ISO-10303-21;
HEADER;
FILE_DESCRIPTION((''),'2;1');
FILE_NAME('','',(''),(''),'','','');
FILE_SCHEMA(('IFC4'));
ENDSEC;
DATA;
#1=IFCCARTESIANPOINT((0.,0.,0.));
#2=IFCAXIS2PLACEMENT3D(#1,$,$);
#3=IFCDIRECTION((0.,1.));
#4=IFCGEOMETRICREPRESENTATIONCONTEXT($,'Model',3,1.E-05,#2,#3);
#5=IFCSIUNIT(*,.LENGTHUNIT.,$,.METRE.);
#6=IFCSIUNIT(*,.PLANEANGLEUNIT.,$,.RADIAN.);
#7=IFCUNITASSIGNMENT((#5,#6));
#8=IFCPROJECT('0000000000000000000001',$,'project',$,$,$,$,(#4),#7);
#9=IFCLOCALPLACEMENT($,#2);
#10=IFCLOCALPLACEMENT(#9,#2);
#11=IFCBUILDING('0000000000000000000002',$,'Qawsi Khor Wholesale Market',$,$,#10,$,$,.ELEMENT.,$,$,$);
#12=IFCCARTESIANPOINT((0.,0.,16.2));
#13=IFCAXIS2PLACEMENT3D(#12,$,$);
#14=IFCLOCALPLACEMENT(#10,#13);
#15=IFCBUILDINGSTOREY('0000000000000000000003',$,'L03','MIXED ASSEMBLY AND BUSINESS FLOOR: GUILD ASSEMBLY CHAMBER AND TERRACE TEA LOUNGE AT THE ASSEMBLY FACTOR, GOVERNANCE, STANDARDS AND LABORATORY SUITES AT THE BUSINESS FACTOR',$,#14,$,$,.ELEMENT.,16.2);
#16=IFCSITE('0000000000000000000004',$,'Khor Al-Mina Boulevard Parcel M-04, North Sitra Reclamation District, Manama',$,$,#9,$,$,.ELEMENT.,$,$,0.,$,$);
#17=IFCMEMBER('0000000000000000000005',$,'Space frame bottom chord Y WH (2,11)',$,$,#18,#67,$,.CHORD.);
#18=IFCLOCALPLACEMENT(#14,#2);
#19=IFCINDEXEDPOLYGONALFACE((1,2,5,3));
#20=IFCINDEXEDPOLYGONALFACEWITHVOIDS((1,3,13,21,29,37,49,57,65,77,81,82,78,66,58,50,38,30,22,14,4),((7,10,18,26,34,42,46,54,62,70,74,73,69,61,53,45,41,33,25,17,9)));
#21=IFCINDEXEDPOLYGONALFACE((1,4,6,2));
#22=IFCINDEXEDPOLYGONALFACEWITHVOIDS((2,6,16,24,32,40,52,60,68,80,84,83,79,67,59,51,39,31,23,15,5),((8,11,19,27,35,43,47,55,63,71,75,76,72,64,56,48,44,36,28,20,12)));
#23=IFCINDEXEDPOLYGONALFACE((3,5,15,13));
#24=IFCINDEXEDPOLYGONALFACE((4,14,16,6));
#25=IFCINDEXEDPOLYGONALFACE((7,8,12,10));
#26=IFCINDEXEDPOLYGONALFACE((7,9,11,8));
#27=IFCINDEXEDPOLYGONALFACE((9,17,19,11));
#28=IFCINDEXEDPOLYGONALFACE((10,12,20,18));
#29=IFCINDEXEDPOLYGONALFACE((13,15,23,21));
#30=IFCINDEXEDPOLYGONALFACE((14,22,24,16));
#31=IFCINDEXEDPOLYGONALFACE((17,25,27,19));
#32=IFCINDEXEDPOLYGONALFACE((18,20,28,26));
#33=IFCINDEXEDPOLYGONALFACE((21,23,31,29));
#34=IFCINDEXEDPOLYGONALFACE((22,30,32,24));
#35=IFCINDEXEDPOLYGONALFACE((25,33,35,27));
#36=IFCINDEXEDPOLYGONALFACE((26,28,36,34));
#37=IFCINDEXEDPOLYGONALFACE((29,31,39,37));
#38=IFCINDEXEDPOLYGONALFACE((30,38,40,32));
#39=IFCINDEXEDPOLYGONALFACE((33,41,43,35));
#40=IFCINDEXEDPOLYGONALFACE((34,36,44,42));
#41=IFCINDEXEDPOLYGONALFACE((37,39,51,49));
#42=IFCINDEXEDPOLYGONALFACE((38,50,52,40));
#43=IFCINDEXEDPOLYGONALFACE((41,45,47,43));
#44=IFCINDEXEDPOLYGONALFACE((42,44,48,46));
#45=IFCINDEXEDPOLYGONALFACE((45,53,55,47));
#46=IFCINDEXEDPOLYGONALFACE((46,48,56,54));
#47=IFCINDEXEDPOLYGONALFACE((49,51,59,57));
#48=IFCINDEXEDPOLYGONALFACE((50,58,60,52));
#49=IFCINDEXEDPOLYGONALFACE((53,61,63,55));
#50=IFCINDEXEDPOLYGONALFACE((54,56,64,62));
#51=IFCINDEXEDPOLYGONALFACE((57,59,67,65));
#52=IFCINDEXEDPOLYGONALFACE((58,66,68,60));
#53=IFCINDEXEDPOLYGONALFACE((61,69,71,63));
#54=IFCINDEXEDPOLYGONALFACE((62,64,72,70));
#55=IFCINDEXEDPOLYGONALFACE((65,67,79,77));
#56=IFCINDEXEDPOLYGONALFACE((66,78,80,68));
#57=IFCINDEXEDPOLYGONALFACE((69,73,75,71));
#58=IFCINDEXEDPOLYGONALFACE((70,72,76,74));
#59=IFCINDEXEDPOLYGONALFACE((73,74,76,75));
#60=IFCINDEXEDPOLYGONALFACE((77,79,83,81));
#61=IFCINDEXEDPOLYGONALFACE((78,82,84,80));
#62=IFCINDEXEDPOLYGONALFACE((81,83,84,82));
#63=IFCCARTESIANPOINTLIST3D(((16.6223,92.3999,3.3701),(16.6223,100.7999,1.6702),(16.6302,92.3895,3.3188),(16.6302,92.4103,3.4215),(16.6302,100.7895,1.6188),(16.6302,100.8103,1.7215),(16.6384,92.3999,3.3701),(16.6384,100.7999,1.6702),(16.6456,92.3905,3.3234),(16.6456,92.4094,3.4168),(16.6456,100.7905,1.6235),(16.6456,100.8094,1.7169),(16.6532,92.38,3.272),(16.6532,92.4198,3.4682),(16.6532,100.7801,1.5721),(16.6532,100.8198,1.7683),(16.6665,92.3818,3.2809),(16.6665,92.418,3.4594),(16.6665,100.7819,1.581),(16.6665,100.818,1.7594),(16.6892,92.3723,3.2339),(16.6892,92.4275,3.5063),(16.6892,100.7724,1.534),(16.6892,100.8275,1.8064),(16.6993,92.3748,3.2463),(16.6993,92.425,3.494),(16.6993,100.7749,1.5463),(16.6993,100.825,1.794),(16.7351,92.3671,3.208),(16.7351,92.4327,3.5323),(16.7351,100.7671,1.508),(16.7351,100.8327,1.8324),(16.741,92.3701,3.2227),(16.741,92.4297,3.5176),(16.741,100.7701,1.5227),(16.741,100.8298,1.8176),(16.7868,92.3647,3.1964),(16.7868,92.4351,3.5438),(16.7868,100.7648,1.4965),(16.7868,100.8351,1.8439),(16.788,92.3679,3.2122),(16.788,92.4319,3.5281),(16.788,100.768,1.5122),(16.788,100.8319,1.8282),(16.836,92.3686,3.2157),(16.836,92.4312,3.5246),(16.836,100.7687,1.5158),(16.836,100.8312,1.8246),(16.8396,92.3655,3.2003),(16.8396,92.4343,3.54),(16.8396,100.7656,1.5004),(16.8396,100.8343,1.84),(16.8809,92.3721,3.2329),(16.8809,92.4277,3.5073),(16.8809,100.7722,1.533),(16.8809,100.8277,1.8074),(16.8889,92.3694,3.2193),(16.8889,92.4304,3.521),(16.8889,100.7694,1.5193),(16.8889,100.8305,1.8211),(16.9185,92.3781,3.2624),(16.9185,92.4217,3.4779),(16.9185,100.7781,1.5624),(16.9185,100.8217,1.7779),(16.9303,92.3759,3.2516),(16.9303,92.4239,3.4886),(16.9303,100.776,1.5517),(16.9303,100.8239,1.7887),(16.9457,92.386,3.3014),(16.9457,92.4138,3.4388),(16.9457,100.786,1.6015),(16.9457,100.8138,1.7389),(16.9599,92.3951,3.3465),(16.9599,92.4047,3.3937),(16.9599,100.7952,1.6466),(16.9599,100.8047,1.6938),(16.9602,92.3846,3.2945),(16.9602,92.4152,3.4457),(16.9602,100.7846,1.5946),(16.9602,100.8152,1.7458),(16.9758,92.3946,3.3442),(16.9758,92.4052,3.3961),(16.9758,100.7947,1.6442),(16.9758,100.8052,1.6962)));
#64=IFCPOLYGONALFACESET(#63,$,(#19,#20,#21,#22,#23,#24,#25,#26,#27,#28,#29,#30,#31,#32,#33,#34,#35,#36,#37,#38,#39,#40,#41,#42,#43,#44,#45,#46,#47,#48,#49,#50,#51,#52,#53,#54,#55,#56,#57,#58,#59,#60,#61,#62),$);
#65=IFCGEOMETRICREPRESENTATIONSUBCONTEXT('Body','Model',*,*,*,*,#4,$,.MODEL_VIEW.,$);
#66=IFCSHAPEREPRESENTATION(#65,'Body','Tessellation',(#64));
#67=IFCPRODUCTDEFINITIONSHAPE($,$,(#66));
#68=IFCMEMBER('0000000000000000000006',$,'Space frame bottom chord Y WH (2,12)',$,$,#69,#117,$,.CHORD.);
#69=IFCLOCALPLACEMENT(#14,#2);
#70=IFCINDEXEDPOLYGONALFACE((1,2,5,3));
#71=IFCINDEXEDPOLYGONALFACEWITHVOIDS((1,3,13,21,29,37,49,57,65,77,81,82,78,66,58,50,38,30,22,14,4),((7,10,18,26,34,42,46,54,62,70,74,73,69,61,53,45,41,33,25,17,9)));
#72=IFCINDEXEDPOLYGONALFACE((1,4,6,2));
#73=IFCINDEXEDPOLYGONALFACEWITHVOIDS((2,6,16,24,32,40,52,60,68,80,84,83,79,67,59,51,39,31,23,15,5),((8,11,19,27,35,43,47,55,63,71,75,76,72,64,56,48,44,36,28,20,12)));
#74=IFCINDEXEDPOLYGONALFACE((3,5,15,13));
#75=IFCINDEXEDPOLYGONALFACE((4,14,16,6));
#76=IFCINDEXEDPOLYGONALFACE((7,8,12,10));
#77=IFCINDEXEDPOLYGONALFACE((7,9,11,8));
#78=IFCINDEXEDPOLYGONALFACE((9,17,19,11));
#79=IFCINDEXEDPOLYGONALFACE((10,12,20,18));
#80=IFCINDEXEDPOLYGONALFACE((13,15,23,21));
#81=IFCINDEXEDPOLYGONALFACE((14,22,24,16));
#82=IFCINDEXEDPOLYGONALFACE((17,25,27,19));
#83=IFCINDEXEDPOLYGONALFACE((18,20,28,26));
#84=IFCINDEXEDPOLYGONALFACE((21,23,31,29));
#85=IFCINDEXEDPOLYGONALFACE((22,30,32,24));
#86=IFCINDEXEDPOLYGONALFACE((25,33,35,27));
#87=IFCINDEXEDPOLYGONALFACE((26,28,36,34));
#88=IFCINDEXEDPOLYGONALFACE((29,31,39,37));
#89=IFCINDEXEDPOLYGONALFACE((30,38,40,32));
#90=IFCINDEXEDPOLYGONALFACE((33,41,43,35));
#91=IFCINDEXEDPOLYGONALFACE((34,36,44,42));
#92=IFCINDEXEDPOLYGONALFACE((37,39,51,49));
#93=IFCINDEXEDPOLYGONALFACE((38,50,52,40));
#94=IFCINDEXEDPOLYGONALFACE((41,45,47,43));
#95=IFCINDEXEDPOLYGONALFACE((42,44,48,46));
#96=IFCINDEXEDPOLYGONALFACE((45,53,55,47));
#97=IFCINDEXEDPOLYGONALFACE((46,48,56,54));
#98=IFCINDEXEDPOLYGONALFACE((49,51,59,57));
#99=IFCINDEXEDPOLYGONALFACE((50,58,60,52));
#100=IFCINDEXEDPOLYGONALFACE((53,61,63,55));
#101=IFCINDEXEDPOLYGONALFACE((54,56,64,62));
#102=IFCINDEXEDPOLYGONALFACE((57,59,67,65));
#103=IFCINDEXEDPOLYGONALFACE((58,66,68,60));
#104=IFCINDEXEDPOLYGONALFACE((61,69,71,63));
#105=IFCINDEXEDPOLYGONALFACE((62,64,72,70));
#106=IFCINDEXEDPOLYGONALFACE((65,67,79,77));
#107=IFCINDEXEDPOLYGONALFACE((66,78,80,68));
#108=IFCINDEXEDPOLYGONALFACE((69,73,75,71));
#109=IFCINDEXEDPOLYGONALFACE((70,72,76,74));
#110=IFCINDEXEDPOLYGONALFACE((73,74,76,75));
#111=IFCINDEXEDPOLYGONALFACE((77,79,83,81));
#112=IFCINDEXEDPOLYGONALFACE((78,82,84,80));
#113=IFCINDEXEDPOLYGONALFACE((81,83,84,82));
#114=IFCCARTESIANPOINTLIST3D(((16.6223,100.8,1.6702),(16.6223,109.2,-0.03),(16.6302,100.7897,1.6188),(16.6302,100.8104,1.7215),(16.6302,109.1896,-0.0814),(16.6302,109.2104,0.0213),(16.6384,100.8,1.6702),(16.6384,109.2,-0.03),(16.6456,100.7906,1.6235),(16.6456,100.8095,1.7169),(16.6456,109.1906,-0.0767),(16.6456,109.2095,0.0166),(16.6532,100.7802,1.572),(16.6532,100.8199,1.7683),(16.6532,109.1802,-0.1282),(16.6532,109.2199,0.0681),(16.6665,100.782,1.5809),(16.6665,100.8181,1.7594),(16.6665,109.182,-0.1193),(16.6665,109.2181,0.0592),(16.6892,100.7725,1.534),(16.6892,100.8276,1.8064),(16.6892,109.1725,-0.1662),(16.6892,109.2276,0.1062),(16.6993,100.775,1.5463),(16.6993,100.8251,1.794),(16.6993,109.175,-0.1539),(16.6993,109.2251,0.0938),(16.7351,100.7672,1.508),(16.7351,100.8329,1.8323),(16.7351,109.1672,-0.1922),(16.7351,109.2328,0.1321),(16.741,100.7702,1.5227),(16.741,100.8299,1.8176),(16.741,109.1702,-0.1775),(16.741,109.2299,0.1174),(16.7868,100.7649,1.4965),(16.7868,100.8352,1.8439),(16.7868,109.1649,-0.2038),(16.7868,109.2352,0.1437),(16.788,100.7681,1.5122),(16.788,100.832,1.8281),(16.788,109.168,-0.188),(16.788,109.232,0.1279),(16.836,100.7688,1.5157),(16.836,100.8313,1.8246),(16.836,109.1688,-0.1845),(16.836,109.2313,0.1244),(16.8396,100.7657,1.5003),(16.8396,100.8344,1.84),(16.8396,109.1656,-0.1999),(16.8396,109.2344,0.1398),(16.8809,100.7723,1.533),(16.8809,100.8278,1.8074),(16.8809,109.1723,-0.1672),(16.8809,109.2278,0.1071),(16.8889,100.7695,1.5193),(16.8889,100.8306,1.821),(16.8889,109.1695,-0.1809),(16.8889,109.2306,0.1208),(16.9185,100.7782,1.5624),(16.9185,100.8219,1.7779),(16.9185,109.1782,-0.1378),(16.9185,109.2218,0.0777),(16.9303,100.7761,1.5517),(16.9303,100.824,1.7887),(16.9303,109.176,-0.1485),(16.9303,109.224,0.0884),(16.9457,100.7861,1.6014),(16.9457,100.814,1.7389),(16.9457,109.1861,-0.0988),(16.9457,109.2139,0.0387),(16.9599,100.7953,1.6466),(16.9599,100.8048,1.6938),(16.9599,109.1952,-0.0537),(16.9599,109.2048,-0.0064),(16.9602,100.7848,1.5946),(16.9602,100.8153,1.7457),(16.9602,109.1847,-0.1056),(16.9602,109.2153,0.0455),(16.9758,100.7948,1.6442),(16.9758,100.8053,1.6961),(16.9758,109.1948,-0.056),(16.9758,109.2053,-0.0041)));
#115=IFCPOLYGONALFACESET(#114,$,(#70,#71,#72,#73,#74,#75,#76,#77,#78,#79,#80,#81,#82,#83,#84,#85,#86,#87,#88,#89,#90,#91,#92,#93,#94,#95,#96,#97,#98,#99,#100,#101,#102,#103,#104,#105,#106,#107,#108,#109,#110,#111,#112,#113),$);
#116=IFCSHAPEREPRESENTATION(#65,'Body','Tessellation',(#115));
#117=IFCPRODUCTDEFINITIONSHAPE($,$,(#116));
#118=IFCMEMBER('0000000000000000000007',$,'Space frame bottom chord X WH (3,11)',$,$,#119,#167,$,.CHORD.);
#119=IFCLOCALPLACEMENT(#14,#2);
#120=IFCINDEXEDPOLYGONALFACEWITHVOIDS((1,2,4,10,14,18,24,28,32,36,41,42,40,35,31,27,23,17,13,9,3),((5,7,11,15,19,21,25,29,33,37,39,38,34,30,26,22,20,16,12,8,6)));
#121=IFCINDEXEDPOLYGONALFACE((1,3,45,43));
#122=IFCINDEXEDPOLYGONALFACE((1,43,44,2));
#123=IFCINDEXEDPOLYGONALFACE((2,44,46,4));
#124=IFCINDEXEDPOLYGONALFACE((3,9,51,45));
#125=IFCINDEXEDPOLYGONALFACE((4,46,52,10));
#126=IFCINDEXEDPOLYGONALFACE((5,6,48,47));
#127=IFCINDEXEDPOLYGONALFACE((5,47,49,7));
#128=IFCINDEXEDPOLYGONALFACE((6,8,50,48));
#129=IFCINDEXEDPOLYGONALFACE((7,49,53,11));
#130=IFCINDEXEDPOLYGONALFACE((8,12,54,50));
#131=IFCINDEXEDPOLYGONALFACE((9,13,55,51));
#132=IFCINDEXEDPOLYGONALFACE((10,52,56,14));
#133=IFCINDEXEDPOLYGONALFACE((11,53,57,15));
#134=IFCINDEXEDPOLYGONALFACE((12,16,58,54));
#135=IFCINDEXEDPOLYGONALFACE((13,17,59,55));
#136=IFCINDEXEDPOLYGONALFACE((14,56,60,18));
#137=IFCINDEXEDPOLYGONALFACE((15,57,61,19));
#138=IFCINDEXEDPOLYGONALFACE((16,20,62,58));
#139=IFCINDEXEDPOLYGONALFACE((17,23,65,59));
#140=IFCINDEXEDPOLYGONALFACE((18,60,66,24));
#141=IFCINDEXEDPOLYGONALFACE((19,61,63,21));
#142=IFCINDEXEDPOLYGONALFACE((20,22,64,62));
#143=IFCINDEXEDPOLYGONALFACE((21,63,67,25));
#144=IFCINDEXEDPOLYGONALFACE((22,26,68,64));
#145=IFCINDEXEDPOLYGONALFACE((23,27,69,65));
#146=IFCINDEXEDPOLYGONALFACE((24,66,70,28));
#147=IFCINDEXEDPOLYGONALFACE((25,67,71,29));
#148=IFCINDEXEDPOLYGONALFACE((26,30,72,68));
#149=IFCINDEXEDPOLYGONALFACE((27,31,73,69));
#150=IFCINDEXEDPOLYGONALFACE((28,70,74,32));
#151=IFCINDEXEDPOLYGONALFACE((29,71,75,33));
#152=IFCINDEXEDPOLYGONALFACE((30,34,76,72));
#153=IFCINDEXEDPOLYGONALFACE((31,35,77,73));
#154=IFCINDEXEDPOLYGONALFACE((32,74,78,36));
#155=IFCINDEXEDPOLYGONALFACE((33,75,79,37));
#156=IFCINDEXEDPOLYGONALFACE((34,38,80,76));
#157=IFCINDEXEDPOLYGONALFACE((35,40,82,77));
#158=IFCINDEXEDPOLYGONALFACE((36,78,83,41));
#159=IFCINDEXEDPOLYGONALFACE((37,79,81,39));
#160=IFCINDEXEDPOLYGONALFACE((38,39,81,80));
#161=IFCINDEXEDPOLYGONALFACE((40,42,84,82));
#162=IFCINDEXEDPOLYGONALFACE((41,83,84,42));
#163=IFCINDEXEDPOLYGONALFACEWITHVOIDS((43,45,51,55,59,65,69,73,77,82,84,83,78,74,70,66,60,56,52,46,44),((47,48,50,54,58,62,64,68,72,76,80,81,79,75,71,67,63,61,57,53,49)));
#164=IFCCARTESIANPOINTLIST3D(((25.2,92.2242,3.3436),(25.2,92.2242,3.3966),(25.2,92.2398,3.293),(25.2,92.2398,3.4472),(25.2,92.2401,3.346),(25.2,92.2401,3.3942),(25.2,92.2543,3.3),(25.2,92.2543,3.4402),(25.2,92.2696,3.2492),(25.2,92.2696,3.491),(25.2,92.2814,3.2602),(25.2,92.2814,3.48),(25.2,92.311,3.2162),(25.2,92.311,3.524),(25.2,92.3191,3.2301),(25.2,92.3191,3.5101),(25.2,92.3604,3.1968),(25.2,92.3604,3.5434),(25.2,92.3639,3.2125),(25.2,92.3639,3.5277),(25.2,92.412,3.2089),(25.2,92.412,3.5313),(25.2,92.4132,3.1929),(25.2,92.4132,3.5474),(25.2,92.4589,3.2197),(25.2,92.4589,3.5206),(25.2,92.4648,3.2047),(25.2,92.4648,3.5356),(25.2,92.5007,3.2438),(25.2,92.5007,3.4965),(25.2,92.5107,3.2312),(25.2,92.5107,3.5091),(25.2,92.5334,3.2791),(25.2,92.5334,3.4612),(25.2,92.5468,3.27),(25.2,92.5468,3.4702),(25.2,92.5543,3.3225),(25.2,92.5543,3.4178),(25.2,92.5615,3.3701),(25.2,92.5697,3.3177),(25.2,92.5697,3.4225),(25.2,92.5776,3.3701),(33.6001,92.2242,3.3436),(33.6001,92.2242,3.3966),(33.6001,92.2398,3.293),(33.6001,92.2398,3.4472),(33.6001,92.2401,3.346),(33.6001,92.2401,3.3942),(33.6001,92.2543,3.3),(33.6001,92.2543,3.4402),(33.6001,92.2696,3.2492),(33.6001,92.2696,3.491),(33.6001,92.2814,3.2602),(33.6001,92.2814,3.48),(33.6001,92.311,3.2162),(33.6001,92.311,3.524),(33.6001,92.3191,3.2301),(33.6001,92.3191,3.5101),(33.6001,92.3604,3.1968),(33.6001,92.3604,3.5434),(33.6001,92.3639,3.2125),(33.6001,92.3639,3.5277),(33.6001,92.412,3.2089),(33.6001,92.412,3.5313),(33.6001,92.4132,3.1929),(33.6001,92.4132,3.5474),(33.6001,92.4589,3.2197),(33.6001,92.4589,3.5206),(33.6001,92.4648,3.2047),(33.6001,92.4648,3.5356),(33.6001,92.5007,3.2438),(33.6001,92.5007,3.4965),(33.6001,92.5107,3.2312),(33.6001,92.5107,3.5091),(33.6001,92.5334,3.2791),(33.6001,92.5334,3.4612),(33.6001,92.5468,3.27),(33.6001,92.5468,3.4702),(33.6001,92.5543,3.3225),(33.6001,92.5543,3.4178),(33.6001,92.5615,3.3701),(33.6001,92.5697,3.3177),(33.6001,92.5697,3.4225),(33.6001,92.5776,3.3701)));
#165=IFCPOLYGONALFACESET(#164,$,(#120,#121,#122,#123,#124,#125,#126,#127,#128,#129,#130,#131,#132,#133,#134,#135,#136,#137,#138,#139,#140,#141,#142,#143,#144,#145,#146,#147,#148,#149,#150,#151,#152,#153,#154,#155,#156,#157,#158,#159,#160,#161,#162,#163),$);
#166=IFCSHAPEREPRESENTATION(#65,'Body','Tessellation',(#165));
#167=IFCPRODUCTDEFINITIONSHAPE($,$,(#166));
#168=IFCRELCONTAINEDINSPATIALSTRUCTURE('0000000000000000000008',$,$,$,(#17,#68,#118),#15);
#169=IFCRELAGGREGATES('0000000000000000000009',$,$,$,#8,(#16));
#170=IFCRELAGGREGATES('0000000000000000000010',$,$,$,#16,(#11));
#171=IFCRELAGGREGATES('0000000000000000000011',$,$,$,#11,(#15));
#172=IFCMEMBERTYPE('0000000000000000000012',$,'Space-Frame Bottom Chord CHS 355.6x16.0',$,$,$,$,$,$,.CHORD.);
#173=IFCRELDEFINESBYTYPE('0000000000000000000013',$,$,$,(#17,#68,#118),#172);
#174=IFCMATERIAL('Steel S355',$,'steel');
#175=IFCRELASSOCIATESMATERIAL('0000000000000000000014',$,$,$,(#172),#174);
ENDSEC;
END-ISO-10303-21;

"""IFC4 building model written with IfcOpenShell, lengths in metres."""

from ifc_helpers import new_model, si_unit, direction, frame, origin, origin_2d, place, context, subcontext, project, spatial, hollow_circle, extrude, material, material_profile, profile_set, type_object, element, save


model = new_model("IFC4")

# Units and contexts
model_context = context("Model", 3, precision=1e-05, world=origin(), true_north=direction((0.0, 1.0)))
body_context = subcontext(model_context, "Body", "Model", "MODEL_VIEW")
ifc_project = project(units=[si_unit("LENGTHUNIT", "METRE"), si_unit("PLANEANGLEUNIT", "RADIAN")], contexts=[model_context])

# Site, building, storey
site_placement = place(None, origin())
site = spatial("IfcSite", under=ifc_project, at=site_placement, Name="Khor Al-Mina Boulevard Parcel M-04, North Sitra Reclamation District, Manama", CompositionType="ELEMENT", RefElevation=0.0)
building_placement = place(site_placement, origin())
building = spatial("IfcBuilding", under=site, at=building_placement, Name="Qawsi Khor Wholesale Market", CompositionType="ELEMENT")
storey_placement = place(building_placement, frame((0.0, 0.0, 16.2)))
storey = spatial("IfcBuildingStorey", under=building, at=storey_placement, Name="L03", Description="MIXED ASSEMBLY AND BUSINESS FLOOR: GUILD ASSEMBLY CHAMBER AND TERRACE TEA LOUNGE AT THE ASSEMBLY FACTOR, GOVERNANCE, STANDARDS AND LABORATORY SUITES AT THE BUSINESS FACTOR", CompositionType="ELEMENT", Elevation=16.2)

# Members
ifc_material_1 = material(Name="Steel S355", Category="steel")
ifc_material_profile_1 = material_profile(ifc_material_1, hollow_circle(Radius=0.1777, WallThickness=0.0161, at=origin_2d()), Name="CHS 355.6x16.0")
ifc_profile_set_1 = profile_set([ifc_material_profile_1], Name="Steel S355")
member_type_1 = type_object("IfcMemberType", Name="Space-Frame Bottom Chord CHS 355.6x16.0", PredefinedType="CHORD", material=ifc_profile_set_1)
for number, where, z_axis, x_axis, name in (
    (1, (16.8, 92.3999, 3.3701), (0.0, 0.980131, -0.198351), (-1.0, 0.0, 0.0), "Space frame bottom chord Y WH (2,11)"),
    (2, (16.8, 100.8, 1.6702), (0.0, 0.980124, -0.198384), (-1.0, 0.0, 0.0), "Space frame bottom chord Y WH (2,12)"),
):
    element("IfcMember", number, at=place(storey_placement, frame(where, z_axis=z_axis, x_axis=x_axis)), inside=storey, type_object=member_type_1, Name=name, PredefinedType="CHORD", context=body_context, shape_type="SweptSolid", body=[
        extrude(hollow_circle(Radius=0.1777, WallThickness=0.0161, at=origin_2d()), origin(), (0.0, 0.0, 1.0), 8.5703),
    ])
member_1_placement = place(storey_placement, frame((25.2, 92.3999, 3.3701), z_axis=(1.0, 0.0, 0.0), x_axis=(0.0, 1.0, 0.0)))
element("IfcMember", 3, at=member_1_placement, inside=storey, type_object=member_type_1, Name="Space frame bottom chord X WH (3,11)", PredefinedType="CHORD", context=body_context, shape_type="SweptSolid", body=[
    extrude(hollow_circle(Radius=0.1777, WallThickness=0.0161, at=origin_2d()), origin(), (0.0, 0.0, 1.0), 8.4001),
])

save(model, "model.ifc")
